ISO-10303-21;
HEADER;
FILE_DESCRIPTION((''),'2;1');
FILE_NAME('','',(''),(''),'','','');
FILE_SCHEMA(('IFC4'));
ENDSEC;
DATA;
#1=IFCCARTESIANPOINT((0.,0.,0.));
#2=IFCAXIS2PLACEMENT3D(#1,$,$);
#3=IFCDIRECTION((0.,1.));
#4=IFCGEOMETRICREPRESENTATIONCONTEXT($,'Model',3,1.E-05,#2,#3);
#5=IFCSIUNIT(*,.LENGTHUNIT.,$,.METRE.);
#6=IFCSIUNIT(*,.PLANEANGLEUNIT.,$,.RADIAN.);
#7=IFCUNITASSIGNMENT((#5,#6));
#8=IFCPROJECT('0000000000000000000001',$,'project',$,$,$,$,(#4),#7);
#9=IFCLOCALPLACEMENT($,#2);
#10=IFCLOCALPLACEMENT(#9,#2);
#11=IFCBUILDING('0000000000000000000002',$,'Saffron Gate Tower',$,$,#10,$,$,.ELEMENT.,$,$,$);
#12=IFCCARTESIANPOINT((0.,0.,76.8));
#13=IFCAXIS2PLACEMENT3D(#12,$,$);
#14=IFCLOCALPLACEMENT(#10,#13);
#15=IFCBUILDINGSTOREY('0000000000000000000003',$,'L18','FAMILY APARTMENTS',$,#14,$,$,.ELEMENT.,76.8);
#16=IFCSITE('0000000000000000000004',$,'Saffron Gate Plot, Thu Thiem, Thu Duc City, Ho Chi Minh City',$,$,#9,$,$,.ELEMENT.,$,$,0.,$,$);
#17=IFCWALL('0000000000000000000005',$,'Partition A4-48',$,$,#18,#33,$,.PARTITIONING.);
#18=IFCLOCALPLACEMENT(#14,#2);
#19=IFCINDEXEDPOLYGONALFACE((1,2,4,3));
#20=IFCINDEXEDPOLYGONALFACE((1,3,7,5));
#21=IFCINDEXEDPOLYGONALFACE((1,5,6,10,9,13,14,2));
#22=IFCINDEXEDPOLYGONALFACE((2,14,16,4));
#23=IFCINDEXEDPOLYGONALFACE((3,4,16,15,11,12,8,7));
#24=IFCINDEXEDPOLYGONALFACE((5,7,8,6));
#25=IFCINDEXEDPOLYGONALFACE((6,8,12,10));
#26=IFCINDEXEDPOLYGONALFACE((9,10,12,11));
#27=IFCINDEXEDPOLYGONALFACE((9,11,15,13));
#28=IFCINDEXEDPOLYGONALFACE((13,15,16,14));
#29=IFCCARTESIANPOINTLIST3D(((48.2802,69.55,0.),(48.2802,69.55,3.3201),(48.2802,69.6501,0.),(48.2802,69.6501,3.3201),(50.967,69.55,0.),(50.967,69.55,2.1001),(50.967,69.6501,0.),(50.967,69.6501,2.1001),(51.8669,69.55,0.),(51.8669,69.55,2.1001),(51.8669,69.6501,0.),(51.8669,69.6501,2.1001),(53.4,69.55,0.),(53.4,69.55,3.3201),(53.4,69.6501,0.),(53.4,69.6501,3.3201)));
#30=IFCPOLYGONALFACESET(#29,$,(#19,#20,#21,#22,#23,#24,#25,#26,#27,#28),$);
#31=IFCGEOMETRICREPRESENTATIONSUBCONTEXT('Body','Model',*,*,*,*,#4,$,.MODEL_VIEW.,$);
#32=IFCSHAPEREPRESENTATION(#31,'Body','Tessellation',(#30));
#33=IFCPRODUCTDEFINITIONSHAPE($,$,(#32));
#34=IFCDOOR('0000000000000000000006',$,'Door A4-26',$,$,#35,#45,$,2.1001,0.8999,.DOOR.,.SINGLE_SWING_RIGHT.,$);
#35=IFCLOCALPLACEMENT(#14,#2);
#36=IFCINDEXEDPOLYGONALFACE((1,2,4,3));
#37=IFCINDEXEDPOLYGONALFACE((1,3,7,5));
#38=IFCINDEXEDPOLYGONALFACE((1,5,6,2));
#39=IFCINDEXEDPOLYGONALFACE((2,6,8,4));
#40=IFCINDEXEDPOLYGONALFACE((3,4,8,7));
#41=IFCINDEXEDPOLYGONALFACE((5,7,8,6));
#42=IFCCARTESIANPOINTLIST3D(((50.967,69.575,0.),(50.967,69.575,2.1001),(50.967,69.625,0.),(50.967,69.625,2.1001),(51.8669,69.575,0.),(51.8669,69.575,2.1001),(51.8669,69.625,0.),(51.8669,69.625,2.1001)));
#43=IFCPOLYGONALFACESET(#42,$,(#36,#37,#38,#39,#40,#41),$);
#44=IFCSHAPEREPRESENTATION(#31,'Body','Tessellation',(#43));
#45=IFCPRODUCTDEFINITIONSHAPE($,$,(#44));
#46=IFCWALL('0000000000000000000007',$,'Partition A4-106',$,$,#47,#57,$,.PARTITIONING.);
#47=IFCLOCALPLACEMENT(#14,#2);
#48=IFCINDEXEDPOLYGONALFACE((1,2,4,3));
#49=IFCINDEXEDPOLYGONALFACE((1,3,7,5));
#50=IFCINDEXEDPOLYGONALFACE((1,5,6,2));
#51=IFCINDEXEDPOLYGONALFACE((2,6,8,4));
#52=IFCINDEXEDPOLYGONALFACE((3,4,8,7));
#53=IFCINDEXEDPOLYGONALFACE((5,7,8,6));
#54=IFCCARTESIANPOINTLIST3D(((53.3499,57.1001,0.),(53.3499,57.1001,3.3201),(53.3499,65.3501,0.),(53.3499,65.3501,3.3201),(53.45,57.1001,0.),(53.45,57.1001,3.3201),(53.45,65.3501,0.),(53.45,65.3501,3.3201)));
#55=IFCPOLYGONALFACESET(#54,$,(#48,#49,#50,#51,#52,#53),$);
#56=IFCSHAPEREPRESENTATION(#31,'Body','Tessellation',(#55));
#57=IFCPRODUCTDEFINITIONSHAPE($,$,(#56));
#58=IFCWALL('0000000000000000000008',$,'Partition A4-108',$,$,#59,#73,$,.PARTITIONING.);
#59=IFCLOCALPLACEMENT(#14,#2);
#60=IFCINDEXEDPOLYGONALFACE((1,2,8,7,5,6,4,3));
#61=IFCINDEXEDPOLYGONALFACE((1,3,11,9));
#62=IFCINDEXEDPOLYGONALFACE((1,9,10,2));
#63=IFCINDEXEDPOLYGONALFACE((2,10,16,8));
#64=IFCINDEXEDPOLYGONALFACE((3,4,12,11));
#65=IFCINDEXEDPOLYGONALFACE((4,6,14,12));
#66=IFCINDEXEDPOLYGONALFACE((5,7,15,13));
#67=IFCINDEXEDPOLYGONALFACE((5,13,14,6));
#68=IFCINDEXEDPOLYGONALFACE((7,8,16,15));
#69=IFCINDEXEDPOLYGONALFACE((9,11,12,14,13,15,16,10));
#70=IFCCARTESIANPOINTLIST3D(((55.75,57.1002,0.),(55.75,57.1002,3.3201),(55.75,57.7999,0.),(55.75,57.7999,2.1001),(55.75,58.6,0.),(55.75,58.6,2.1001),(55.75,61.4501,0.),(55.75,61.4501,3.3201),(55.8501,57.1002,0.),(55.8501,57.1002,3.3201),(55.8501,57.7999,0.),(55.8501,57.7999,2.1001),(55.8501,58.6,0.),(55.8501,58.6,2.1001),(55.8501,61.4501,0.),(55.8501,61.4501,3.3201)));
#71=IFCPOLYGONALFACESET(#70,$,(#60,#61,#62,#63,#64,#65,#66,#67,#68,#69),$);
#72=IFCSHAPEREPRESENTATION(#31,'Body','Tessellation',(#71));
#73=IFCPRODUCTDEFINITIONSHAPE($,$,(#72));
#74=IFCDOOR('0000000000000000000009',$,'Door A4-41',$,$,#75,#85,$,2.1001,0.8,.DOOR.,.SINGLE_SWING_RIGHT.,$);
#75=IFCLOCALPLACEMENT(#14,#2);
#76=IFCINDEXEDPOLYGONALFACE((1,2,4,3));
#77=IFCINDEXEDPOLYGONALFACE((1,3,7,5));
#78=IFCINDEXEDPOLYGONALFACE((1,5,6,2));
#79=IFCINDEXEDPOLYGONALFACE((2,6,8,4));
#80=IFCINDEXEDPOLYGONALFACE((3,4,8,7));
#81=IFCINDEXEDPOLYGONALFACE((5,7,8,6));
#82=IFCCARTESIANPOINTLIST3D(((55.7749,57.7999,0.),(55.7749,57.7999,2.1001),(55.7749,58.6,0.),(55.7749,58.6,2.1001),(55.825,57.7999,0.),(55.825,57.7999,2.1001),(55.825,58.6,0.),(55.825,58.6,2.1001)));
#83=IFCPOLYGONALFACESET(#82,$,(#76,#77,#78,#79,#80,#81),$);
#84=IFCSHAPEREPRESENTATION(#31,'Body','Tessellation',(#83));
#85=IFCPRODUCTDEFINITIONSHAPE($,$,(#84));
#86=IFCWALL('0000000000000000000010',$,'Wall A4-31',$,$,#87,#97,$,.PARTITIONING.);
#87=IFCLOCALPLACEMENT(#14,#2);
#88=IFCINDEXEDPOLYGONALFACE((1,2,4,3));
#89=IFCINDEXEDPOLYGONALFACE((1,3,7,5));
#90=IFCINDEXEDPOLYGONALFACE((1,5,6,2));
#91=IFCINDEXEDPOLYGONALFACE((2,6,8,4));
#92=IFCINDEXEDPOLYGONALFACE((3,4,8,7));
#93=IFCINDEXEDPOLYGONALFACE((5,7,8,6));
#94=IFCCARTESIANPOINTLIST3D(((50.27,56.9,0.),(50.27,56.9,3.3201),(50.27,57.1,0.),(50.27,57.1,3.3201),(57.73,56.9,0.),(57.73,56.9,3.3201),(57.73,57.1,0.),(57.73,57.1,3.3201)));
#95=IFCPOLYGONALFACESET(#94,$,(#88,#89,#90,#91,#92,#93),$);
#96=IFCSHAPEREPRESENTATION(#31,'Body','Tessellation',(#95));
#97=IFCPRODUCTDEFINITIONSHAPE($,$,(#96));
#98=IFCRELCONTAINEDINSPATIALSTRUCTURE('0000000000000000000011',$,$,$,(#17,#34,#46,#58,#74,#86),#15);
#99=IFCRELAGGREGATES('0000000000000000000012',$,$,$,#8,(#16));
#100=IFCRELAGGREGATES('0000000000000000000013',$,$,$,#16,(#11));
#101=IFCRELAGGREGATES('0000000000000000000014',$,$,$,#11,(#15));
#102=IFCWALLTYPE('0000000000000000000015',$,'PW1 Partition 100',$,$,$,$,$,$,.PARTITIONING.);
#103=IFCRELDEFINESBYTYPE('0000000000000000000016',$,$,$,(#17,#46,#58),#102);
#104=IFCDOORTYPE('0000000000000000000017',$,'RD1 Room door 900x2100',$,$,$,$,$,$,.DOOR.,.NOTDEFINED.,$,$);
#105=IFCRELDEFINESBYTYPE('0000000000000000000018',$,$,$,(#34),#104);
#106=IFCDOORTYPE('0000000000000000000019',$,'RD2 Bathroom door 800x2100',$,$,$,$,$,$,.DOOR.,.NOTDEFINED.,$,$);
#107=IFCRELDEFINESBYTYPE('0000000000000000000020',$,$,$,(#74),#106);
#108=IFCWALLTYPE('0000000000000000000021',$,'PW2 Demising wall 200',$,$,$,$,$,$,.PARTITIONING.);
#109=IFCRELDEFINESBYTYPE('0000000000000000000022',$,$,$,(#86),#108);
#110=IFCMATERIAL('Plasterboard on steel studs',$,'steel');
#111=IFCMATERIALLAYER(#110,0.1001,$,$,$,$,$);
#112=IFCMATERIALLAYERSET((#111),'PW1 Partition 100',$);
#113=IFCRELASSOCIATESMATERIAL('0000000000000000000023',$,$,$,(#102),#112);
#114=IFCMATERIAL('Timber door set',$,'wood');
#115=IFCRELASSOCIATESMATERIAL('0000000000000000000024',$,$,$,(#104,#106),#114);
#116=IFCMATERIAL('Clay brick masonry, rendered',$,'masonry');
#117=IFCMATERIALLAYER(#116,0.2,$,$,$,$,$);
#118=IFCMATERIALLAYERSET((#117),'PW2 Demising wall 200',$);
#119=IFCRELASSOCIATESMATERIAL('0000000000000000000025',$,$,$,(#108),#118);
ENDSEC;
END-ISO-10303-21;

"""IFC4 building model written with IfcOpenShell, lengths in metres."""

from ifc_helpers import new_model, si_unit, direction, frame, frame_2d, origin, place, context, subcontext, project, spatial, rectangle, extrude, material, layer, layer_set, type_object, element, fill, save


model = new_model("IFC4")

# Units and contexts
model_context = context("Model", 3, precision=1e-05, world=origin(), true_north=direction((0.0, 1.0)))
body_context = subcontext(model_context, "Body", "Model", "MODEL_VIEW")
ifc_project = project(units=[si_unit("LENGTHUNIT", "METRE"), si_unit("PLANEANGLEUNIT", "RADIAN")], contexts=[model_context])

# Site, building, storey
site_placement = place(None, origin())
site = spatial("IfcSite", under=ifc_project, at=site_placement, Name="Saffron Gate Plot, Thu Thiem, Thu Duc City, Ho Chi Minh City", CompositionType="ELEMENT", RefElevation=0.0)
building_placement = place(site_placement, origin())
building = spatial("IfcBuilding", under=site, at=building_placement, Name="Saffron Gate Tower", CompositionType="ELEMENT")
storey_placement = place(building_placement, frame((0.0, 0.0, 76.8)))
storey = spatial("IfcBuildingStorey", under=building, at=storey_placement, Name="L18", Description="FAMILY APARTMENTS", CompositionType="ELEMENT", Elevation=76.8)

# Shared definitions
ifc_material_1 = material(Name="Plasterboard on steel studs", Category="steel")
ifc_layer_1 = layer(ifc_material_1, 0.1001)
ifc_layer_set_1 = layer_set([ifc_layer_1], Name="PW1 Partition 100")
wall_type_1 = type_object("IfcWallType", Name="PW1 Partition 100", PredefinedType="PARTITIONING", material=ifc_layer_set_1)

# Shared definitions
ifc_material_2 = material(Name="Timber door set", Category="wood")
door_type_1 = type_object("IfcDoorType", Name="RD1 Room door 900x2100", OperationType="NOTDEFINED", PredefinedType="DOOR", material=ifc_material_2)

# Wall, opening, door
wall_1_placement = place(storey_placement, frame((48.28, 69.6001, 0.0), z_axis=(0.0, 0.0, 1.0), x_axis=(1.0, 0.0, 0.0)))
wall_1 = element("IfcWall", 1, at=wall_1_placement, inside=storey, type_object=wall_type_1, Name="Partition A4-48", PredefinedType="PARTITIONING", context=body_context, shape_type="SweptSolid", body=[
    extrude(rectangle(XDim=5.1199, YDim=0.1001, at=frame_2d((2.5601, 0.0))), origin(), (0.0, 0.0, 1.0), 3.3201),
])
opening_1_placement = place(wall_1_placement, frame((2.687, 0.0, 0.0)))
opening_1 = element("IfcOpeningElement", 2, at=opening_1_placement, cuts=wall_1, PredefinedType="OPENING", context=body_context, shape_type="SweptSolid", body=[
    extrude(rectangle(XDim=0.8999, YDim=2.1001, at=frame_2d((0.45, 1.05))), frame((0.0, 0.0601, 0.0), z_axis=(0.0, -1.0, 0.0), x_axis=(1.0, 0.0, 0.0)), (0.0, 0.0, 1.0), 0.1201),
])
door_1_placement = place(opening_1_placement, origin())
door_1 = element("IfcDoor", 3, at=door_1_placement, inside=storey, type_object=door_type_1, Name="Door A4-26", OperationType="SINGLE_SWING_RIGHT", OverallHeight=2.1001, OverallWidth=0.8999, PredefinedType="DOOR", context=body_context, shape_type="SweptSolid", body=[
    extrude(rectangle(XDim=0.8999, YDim=2.1001, at=frame_2d((0.45, 1.05))), frame((0.0, 0.0249, 0.0), z_axis=(0.0, -1.0, 0.0), x_axis=(1.0, 0.0, 0.0)), (0.0, 0.0, 1.0), 0.05),
])
fill(opening_1, door_1)

# Wall
wall_2_placement = place(storey_placement, frame((53.3999, 65.3501, 0.0), z_axis=(0.0, 0.0, 1.0), x_axis=(0.0, -1.0, 0.0)))
element("IfcWall", 4, at=wall_2_placement, inside=storey, type_object=wall_type_1, Name="Partition A4-106", PredefinedType="PARTITIONING", context=body_context, shape_type="SweptSolid", body=[
    extrude(rectangle(XDim=8.25, YDim=0.1001, at=frame_2d((4.125, 0.0))), origin(), (0.0, 0.0, 1.0), 3.3201),
])

# Wall, opening, door
wall_3_placement = place(storey_placement, frame((55.8, 61.45, 0.0), z_axis=(0.0, 0.0, 1.0), x_axis=(0.0, -1.0, 0.0)))
wall_3 = element("IfcWall", 5, at=wall_3_placement, inside=storey, type_object=wall_type_1, Name="Partition A4-108", PredefinedType="PARTITIONING", context=body_context, shape_type="SweptSolid", body=[
    extrude(rectangle(XDim=4.3499, YDim=0.1001, at=frame_2d((2.1748, 0.0))), origin(), (0.0, 0.0, 1.0), 3.3201),
])
opening_2_placement = place(wall_3_placement, frame((2.8501, 0.0, 0.0)))
opening_2 = element("IfcOpeningElement", 6, at=opening_2_placement, cuts=wall_3, PredefinedType="OPENING", context=body_context, shape_type="SweptSolid", body=[
    extrude(rectangle(XDim=0.8, YDim=2.1001, at=frame_2d((0.3999, 1.05))), frame((0.0, 0.0601, 0.0), z_axis=(0.0, -1.0, 0.0), x_axis=(1.0, 0.0, 0.0)), (0.0, 0.0, 1.0), 0.1201),
])
door_type_2 = type_object("IfcDoorType", Name="RD2 Bathroom door 800x2100", OperationType="NOTDEFINED", PredefinedType="DOOR", material=ifc_material_2)
door_2_placement = place(opening_2_placement, origin())
door_2 = element("IfcDoor", 7, at=door_2_placement, inside=storey, type_object=door_type_2, Name="Door A4-41", OperationType="SINGLE_SWING_RIGHT", OverallHeight=2.1001, OverallWidth=0.8, PredefinedType="DOOR", context=body_context, shape_type="SweptSolid", body=[
    extrude(rectangle(XDim=0.8, YDim=2.1001, at=frame_2d((0.3999, 1.05))), frame((0.0, 0.0249, 0.0), z_axis=(0.0, -1.0, 0.0), x_axis=(1.0, 0.0, 0.0)), (0.0, 0.0, 1.0), 0.05),
])
fill(opening_2, door_2)

# Wall
ifc_material_3 = material(Name="Clay brick masonry, rendered", Category="masonry")
ifc_layer_2 = layer(ifc_material_3, 0.2)
ifc_layer_set_2 = layer_set([ifc_layer_2], Name="PW2 Demising wall 200")
wall_type_2 = type_object("IfcWallType", Name="PW2 Demising wall 200", PredefinedType="PARTITIONING", material=ifc_layer_set_2)
wall_4_placement = place(storey_placement, frame((50.27, 57.0, 0.0), z_axis=(0.0, 0.0, 1.0), x_axis=(1.0, 0.0, 0.0)))
element("IfcWall", 8, at=wall_4_placement, inside=storey, type_object=wall_type_2, Name="Wall A4-31", PredefinedType="PARTITIONING", context=body_context, shape_type="SweptSolid", body=[
    extrude(rectangle(XDim=7.46, YDim=0.2, at=frame_2d((3.73, 0.0))), origin(), (0.0, 0.0, 1.0), 3.3201),
])

save(model, "model.ifc")
